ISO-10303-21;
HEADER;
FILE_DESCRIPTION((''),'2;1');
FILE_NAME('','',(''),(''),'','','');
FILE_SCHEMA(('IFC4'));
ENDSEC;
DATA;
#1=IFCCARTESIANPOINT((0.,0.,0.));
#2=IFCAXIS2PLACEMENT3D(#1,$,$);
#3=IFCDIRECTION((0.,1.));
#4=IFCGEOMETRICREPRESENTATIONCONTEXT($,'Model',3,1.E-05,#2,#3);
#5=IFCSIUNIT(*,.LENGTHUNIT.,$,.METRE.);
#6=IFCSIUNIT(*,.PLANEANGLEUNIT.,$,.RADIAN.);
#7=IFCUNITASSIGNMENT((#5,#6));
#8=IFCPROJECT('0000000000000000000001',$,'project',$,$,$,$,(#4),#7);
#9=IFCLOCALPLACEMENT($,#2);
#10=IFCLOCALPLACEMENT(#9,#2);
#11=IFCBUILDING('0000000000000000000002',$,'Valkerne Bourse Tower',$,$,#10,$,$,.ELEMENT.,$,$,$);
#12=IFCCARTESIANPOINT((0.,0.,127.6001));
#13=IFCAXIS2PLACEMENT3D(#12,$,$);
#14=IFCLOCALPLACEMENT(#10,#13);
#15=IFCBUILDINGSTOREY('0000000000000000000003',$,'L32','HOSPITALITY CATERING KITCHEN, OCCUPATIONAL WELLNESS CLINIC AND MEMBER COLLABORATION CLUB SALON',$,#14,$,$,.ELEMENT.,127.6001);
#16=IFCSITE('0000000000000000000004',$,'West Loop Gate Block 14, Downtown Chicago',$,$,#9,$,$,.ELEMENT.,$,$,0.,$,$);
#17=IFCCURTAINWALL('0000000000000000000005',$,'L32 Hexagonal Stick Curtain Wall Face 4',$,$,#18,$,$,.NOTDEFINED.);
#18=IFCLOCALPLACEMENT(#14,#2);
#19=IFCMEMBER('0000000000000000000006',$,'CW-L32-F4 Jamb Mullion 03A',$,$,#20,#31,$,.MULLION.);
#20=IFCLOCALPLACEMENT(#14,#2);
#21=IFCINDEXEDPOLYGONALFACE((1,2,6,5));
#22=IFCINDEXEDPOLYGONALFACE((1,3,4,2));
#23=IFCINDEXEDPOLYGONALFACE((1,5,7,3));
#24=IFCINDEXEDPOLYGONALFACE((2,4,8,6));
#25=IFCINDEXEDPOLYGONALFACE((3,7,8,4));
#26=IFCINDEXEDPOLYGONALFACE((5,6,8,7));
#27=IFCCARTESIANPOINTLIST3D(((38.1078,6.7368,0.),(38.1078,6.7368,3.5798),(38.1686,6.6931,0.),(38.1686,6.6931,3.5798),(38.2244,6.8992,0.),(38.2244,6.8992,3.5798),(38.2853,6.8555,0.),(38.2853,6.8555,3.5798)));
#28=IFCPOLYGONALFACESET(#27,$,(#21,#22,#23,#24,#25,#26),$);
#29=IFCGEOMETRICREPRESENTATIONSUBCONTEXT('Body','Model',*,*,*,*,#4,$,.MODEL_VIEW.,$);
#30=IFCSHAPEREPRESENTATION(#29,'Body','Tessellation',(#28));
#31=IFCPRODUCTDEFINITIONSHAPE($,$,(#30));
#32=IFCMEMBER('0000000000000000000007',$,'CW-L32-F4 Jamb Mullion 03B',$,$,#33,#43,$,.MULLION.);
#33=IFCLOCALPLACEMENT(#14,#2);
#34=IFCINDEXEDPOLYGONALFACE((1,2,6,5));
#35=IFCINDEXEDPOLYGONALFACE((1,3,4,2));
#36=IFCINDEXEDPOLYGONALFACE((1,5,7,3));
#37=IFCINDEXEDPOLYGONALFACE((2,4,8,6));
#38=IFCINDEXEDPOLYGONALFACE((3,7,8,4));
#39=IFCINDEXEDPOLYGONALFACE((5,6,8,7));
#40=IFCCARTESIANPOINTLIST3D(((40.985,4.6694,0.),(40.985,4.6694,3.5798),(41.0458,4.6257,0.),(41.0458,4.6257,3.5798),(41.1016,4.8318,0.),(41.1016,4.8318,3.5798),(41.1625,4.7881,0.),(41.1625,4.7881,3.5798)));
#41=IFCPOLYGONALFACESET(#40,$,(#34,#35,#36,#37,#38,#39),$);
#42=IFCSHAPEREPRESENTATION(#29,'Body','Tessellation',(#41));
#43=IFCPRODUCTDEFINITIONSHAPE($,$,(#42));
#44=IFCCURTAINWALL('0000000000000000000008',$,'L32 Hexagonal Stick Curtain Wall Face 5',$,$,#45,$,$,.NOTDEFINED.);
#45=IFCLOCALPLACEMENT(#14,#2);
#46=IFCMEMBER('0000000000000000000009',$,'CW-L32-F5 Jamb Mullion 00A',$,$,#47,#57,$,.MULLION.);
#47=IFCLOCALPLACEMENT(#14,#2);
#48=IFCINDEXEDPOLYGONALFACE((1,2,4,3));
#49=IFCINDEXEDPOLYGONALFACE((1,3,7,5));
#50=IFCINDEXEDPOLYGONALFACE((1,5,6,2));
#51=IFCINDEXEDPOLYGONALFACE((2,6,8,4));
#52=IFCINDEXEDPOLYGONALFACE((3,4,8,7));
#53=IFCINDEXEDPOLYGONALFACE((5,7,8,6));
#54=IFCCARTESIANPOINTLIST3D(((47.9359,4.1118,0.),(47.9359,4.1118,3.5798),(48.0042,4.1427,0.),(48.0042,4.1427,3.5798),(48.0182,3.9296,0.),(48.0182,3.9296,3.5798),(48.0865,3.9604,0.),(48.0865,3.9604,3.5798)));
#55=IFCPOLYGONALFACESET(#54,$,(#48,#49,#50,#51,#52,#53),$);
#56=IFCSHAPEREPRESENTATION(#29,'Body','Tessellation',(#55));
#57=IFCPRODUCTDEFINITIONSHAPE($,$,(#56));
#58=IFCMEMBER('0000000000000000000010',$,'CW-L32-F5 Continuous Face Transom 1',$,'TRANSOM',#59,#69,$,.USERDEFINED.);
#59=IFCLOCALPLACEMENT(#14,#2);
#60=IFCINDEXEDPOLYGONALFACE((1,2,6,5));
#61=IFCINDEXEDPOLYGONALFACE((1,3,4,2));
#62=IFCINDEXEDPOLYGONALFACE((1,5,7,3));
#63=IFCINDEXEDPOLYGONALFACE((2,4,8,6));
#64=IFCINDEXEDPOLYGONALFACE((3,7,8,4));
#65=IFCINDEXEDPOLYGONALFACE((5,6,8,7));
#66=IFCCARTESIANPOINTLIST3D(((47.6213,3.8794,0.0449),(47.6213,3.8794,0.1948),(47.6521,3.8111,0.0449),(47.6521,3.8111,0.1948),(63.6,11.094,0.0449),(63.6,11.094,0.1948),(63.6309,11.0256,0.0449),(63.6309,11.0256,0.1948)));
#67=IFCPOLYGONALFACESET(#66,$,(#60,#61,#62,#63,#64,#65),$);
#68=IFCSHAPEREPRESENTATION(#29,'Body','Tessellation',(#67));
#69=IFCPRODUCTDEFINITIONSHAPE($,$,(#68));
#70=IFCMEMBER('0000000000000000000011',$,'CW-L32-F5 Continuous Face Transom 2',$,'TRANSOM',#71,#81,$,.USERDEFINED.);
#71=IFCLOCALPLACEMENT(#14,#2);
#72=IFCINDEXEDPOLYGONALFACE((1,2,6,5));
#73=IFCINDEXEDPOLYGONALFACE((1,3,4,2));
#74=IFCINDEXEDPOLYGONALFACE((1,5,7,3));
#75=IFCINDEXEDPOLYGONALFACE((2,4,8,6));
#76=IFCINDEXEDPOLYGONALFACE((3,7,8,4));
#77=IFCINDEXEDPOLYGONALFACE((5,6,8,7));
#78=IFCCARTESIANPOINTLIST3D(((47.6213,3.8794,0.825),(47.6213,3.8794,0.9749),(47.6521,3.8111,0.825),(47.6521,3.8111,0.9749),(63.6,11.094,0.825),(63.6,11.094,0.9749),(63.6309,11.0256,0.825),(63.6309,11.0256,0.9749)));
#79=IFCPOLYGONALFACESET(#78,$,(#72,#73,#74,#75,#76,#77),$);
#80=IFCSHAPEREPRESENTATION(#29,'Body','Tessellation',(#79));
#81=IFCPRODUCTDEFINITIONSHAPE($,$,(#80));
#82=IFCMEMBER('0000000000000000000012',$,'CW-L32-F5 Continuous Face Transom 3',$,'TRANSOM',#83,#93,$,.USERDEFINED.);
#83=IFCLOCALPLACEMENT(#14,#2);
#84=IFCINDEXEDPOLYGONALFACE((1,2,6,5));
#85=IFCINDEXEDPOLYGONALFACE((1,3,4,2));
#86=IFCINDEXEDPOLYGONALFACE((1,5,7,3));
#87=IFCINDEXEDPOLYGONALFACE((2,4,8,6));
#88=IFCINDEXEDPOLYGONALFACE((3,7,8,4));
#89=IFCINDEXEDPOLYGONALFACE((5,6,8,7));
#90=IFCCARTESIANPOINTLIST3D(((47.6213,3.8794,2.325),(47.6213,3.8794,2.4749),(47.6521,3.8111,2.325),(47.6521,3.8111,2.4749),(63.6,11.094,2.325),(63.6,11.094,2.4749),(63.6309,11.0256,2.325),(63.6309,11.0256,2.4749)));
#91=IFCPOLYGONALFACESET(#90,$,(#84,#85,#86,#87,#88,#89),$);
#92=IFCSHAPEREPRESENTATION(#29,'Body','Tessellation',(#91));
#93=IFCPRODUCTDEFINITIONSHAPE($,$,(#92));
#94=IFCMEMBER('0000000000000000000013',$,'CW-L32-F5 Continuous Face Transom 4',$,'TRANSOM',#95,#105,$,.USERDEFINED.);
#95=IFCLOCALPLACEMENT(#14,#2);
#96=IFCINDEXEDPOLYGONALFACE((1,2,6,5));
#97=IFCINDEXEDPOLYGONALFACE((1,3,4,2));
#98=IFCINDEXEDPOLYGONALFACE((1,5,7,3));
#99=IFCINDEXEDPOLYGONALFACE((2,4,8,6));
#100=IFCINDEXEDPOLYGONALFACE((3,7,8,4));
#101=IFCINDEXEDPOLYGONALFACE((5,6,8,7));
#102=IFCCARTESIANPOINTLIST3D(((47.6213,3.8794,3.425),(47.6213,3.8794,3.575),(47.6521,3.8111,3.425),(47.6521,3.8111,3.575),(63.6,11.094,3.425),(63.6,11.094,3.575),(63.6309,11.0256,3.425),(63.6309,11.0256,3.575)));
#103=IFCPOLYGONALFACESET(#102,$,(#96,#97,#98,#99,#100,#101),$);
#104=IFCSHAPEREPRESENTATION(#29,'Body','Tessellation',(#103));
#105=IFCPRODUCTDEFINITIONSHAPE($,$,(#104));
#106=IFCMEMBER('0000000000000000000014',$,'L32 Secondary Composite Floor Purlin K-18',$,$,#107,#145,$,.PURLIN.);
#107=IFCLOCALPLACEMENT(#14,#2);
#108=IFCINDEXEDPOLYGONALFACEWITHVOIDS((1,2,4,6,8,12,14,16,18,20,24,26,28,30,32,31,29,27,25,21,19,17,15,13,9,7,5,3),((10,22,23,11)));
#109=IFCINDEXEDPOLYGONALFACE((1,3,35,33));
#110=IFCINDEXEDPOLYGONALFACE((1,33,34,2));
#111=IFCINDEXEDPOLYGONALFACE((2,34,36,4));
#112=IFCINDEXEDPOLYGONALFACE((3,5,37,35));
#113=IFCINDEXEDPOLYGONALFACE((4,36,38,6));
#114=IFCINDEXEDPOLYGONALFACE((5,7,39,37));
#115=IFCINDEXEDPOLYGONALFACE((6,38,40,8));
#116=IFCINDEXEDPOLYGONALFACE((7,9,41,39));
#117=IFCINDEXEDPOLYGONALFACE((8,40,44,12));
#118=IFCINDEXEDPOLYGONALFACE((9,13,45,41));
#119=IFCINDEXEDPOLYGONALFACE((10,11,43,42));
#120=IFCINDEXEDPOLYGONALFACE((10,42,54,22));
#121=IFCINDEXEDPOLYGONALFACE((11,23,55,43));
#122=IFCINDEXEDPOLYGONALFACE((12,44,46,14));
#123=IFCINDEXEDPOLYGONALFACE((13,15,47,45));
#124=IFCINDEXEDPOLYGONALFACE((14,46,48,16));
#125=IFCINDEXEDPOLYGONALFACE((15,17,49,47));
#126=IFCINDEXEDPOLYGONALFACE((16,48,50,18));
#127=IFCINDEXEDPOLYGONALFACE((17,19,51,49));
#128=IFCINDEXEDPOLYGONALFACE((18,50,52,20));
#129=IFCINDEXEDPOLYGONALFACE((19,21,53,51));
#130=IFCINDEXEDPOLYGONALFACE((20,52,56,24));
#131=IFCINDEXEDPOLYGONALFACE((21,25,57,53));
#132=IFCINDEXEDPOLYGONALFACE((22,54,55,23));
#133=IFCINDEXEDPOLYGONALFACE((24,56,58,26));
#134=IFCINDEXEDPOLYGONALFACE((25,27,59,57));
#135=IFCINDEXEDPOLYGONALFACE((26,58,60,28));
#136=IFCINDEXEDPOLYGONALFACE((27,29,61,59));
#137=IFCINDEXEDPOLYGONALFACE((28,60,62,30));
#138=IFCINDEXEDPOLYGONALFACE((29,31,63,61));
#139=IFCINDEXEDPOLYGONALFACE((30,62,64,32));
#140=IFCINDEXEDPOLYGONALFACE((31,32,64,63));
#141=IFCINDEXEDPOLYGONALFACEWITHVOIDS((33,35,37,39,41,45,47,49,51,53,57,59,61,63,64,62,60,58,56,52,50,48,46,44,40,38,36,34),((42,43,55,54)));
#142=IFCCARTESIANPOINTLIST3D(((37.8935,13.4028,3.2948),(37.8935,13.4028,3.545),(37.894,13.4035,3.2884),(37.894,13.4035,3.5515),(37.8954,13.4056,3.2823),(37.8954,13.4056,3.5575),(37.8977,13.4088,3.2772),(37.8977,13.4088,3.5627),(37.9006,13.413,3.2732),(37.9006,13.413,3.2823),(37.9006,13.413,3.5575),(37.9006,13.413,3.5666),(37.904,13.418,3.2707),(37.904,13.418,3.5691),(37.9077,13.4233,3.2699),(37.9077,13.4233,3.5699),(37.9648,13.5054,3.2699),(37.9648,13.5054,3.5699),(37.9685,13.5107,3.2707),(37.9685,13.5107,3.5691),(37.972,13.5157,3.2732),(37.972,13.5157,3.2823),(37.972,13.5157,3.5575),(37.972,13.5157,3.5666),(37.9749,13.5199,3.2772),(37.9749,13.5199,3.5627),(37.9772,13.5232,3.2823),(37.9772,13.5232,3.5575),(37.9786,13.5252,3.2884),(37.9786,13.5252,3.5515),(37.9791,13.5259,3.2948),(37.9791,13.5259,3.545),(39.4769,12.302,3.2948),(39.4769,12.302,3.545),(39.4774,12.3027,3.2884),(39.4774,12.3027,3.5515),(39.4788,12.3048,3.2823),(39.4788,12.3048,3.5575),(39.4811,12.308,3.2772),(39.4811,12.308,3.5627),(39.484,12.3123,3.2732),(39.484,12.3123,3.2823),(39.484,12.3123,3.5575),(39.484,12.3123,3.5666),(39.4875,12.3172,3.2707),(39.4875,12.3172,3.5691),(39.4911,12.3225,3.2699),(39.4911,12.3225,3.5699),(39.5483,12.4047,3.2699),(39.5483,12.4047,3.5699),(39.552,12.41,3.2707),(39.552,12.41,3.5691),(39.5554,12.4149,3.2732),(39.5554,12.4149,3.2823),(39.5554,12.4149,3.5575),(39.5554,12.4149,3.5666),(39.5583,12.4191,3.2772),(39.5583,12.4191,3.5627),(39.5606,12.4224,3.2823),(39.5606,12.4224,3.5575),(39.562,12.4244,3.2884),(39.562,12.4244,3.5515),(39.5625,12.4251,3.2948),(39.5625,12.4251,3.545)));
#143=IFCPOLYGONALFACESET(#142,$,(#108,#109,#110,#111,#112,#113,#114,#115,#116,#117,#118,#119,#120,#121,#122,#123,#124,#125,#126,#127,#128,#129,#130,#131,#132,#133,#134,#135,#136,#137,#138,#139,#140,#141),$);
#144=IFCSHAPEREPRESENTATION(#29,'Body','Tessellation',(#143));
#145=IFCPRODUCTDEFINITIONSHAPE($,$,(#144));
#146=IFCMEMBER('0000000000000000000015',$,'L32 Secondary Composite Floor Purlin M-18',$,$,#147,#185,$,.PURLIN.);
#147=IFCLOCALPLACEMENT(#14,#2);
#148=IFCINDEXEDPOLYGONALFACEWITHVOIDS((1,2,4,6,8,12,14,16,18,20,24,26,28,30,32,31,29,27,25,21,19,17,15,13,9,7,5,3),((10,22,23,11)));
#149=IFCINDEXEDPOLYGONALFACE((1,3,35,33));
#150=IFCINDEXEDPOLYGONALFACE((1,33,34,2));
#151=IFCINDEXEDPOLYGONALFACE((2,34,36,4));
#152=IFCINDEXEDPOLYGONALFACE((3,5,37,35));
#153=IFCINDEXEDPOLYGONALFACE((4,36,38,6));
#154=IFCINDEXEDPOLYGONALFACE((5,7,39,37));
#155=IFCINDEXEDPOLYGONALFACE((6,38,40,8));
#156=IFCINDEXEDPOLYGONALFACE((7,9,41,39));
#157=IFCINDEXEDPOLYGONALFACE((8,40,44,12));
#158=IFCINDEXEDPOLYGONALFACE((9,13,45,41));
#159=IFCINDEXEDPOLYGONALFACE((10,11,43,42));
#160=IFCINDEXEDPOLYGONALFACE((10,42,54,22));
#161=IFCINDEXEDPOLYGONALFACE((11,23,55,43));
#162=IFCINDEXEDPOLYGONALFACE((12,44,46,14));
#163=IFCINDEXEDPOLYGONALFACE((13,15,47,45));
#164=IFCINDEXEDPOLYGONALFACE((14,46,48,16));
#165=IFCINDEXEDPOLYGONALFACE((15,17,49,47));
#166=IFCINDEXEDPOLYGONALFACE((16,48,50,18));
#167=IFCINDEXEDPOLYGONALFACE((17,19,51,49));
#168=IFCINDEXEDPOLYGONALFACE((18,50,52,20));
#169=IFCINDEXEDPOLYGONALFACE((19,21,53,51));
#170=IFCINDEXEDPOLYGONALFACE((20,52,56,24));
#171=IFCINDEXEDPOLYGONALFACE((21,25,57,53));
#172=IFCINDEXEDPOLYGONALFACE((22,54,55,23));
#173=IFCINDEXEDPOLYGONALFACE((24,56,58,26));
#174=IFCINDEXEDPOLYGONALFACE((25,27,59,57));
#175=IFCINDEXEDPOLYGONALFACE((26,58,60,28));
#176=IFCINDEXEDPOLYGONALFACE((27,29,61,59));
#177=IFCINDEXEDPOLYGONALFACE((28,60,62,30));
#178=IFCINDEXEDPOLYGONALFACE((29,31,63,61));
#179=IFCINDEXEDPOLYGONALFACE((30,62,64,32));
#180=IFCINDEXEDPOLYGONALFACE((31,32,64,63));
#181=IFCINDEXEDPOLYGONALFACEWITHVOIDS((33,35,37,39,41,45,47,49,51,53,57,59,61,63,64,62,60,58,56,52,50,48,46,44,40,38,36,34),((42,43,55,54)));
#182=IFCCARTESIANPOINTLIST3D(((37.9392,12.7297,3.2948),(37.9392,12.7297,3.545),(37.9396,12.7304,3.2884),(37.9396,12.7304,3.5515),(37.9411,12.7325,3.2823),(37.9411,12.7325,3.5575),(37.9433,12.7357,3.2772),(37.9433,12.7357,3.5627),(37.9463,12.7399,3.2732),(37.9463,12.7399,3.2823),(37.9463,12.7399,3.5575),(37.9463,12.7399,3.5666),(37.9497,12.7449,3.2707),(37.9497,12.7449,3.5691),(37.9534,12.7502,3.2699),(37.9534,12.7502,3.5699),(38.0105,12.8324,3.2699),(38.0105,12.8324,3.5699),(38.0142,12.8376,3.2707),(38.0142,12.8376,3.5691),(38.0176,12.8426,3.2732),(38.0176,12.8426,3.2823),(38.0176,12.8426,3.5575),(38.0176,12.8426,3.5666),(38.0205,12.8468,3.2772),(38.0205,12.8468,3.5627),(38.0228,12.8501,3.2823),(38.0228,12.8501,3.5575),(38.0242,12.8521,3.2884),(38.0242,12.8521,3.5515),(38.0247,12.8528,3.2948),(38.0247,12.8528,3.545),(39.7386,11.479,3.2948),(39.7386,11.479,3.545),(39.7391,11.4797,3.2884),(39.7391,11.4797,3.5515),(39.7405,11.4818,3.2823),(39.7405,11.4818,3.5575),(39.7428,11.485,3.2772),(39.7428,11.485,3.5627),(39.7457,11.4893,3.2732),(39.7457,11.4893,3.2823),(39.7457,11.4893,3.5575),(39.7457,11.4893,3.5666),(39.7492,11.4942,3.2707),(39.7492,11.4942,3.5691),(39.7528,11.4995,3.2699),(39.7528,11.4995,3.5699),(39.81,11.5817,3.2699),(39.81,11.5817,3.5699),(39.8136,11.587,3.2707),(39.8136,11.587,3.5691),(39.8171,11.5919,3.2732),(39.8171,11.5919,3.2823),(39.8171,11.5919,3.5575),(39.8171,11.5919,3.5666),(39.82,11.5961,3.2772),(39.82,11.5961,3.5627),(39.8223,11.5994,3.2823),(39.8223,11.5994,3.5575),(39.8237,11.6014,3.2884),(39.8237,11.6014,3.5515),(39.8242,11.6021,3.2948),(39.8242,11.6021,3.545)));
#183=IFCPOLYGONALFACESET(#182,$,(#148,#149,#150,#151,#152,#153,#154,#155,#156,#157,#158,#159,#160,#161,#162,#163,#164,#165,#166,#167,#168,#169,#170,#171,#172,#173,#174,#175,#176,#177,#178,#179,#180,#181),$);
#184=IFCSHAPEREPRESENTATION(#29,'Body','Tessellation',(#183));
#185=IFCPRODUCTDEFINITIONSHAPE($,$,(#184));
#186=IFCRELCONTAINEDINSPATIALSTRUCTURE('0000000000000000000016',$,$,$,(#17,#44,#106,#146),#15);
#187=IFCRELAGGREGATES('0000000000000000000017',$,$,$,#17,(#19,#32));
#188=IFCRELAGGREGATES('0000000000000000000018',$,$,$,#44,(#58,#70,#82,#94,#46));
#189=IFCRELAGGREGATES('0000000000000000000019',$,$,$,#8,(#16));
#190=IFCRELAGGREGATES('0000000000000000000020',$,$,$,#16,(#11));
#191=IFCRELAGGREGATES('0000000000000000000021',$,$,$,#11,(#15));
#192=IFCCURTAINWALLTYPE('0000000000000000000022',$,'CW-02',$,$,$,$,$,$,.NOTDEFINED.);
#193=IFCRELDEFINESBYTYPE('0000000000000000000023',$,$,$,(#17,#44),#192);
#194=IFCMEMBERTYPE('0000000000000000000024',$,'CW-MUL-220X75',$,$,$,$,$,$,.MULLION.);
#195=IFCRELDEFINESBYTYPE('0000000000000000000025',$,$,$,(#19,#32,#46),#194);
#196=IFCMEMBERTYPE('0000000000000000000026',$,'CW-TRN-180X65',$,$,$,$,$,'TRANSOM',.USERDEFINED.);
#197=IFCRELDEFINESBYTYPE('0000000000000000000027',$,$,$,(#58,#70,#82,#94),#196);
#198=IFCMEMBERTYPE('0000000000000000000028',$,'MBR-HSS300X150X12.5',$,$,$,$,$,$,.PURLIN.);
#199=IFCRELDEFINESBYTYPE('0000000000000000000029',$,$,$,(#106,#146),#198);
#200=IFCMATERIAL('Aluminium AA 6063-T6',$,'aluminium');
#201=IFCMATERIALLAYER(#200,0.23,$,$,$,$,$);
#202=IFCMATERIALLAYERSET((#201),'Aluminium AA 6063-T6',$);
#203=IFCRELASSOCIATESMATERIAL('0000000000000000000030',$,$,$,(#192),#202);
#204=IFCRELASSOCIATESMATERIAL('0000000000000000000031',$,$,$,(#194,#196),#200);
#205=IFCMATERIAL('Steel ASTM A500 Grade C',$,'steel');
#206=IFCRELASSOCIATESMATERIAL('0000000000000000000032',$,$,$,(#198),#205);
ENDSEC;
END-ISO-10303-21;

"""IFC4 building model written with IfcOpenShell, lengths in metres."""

from ifc_helpers import new_model, si_unit, direction, frame, origin, origin_2d, place, context, subcontext, project, spatial, rectangle, hollow_rectangle, extrude, material, layer, layer_set, material_profile, profile_set, type_object, element, aggregate, save


model = new_model("IFC4")

# Units and contexts
model_context = context("Model", 3, precision=1e-05, world=origin(), true_north=direction((0.0, 1.0)))
body_context = subcontext(model_context, "Body", "Model", "MODEL_VIEW")
ifc_project = project(units=[si_unit("LENGTHUNIT", "METRE"), si_unit("PLANEANGLEUNIT", "RADIAN")], contexts=[model_context])

# Site, building, storey
site_placement = place(None, origin())
site = spatial("IfcSite", under=ifc_project, at=site_placement, Name="West Loop Gate Block 14, Downtown Chicago", CompositionType="ELEMENT", RefElevation=0.0)
building_placement = place(site_placement, origin())
building = spatial("IfcBuilding", under=site, at=building_placement, Name="Valkerne Bourse Tower", CompositionType="ELEMENT")
storey_placement = place(building_placement, frame((0.0, 0.0, 127.6001)))
storey = spatial("IfcBuildingStorey", under=building, at=storey_placement, Name="L32", Description="HOSPITALITY CATERING KITCHEN, OCCUPATIONAL WELLNESS CLINIC AND MEMBER COLLABORATION CLUB SALON", CompositionType="ELEMENT", Elevation=127.6001)

# Curtain walls, members
ifc_material_1 = material(Name="Aluminium AA 6063-T6", Category="aluminium")
ifc_layer_1 = layer(ifc_material_1, 0.23)
ifc_layer_set_1 = layer_set([ifc_layer_1], Name="Aluminium AA 6063-T6")
curtain_wall_type = type_object("IfcCurtainWallType", Name="CW-02", PredefinedType="NOTDEFINED", material=ifc_layer_set_1)
curtain_wall_1_placement = place(storey_placement, origin())
curtain_wall_1 = element("IfcCurtainWall", 1, at=curtain_wall_1_placement, inside=storey, type_object=curtain_wall_type, Name="L32 Hexagonal Stick Curtain Wall Face 4", PredefinedType="NOTDEFINED")
ifc_material_profile_1 = material_profile(ifc_material_1, rectangle(XDim=0.075, YDim=0.2, at=origin_2d()), Name="CWM-75X200")
ifc_profile_set_1 = profile_set([ifc_material_profile_1], Name="Aluminium AA 6063-T6")
member_type_1 = type_object("IfcMemberType", Name="CW-MUL-220X75", PredefinedType="MULLION", material=ifc_profile_set_1)
member_1_placement = place(storey_placement, frame((38.1965, 6.7961, 0.0), z_axis=(0.0, 0.0, 1.0), x_axis=(0.812093, -0.583528, 0.0)))
member_1 = element("IfcMember", 2, at=member_1_placement, type_object=member_type_1, Name="CW-L32-F4 Jamb Mullion 03A", PredefinedType="MULLION", context=body_context, shape_type="SweptSolid", body=[
    extrude(rectangle(XDim=0.075, YDim=0.2, at=origin_2d()), origin(), (0.0, 0.0, 1.0), 3.5798),
])
member_2_placement = place(storey_placement, frame((41.0737, 4.7288, 0.0), z_axis=(0.0, 0.0, 1.0), x_axis=(0.812093, -0.583528, 0.0)))
member_2 = element("IfcMember", 3, at=member_2_placement, type_object=member_type_1, Name="CW-L32-F4 Jamb Mullion 03B", PredefinedType="MULLION", context=body_context, shape_type="SweptSolid", body=[
    extrude(rectangle(XDim=0.075, YDim=0.2, at=origin_2d()), origin(), (0.0, 0.0, 1.0), 3.5798),
])
curtain_wall_2_placement = place(storey_placement, origin())
curtain_wall_2 = element("IfcCurtainWall", 4, at=curtain_wall_2_placement, inside=storey, type_object=curtain_wall_type, Name="L32 Hexagonal Stick Curtain Wall Face 5", PredefinedType="NOTDEFINED")
member_3_placement = place(storey_placement, frame((48.0112, 4.0361, 0.0), z_axis=(0.0, 0.0, 1.0), x_axis=(0.911401, 0.411519, 0.0)))
member_3 = element("IfcMember", 5, at=member_3_placement, type_object=member_type_1, Name="CW-L32-F5 Jamb Mullion 00A", PredefinedType="MULLION", context=body_context, shape_type="SweptSolid", body=[
    extrude(rectangle(XDim=0.075, YDim=0.2, at=origin_2d()), origin(), (0.0, 0.0, 1.0), 3.5798),
])
ifc_material_profile_2 = material_profile(ifc_material_1, rectangle(XDim=0.075, YDim=0.1499, at=origin_2d()), Name="CWT-75X150")
ifc_profile_set_2 = profile_set([ifc_material_profile_2], Name="Aluminium AA 6063-T6")
member_type_2 = type_object("IfcMemberType", Name="CW-TRN-180X65", ElementType="TRANSOM", PredefinedType="USERDEFINED", material=ifc_profile_set_2)
member_4_placement = place(storey_placement, frame((47.6367, 3.8452, 0.1199), z_axis=(0.911405, 0.41151, 0.0), x_axis=(-0.41151, 0.911405, 0.0)))
member_4 = element("IfcMember", 6, at=member_4_placement, type_object=member_type_2, Name="CW-L32-F5 Continuous Face Transom 1", ObjectType="TRANSOM", PredefinedType="USERDEFINED", context=body_context, shape_type="SweptSolid", body=[
    extrude(rectangle(XDim=0.075, YDim=0.1499, at=origin_2d()), origin(), (0.0, 0.0, 1.0), 17.532),
])
member_5_placement = place(storey_placement, frame((47.6367, 3.8452, 0.8999), z_axis=(0.911405, 0.41151, 0.0), x_axis=(-0.41151, 0.911405, 0.0)))
member_5 = element("IfcMember", 7, at=member_5_placement, type_object=member_type_2, Name="CW-L32-F5 Continuous Face Transom 2", ObjectType="TRANSOM", PredefinedType="USERDEFINED", context=body_context, shape_type="SweptSolid", body=[
    extrude(rectangle(XDim=0.075, YDim=0.1499, at=origin_2d()), origin(), (0.0, 0.0, 1.0), 17.532),
])
member_6_placement = place(storey_placement, frame((47.6367, 3.8452, 2.3999), z_axis=(0.911405, 0.41151, 0.0), x_axis=(-0.41151, 0.911405, 0.0)))
member_6 = element("IfcMember", 8, at=member_6_placement, type_object=member_type_2, Name="CW-L32-F5 Continuous Face Transom 3", ObjectType="TRANSOM", PredefinedType="USERDEFINED", context=body_context, shape_type="SweptSolid", body=[
    extrude(rectangle(XDim=0.075, YDim=0.1499, at=origin_2d()), origin(), (0.0, 0.0, 1.0), 17.532),
])
member_7_placement = place(storey_placement, frame((47.6367, 3.8452, 3.5), z_axis=(0.911405, 0.41151, 0.0), x_axis=(-0.41151, 0.911405, 0.0)))
member_7 = element("IfcMember", 9, at=member_7_placement, type_object=member_type_2, Name="CW-L32-F5 Continuous Face Transom 4", ObjectType="TRANSOM", PredefinedType="USERDEFINED", context=body_context, shape_type="SweptSolid", body=[
    extrude(rectangle(XDim=0.075, YDim=0.1499, at=origin_2d()), origin(), (0.0, 0.0, 1.0), 17.532),
])

# Members
ifc_material_2 = material(Name="Steel ASTM A500 Grade C", Category="steel")
ifc_material_profile_3 = material_profile(ifc_material_2, hollow_rectangle(XDim=0.1499, YDim=0.3, WallThickness=0.0125, OuterFilletRadius=0.0249, at=origin_2d()), Name="HSS300X150X12.5")
ifc_profile_set_3 = profile_set([ifc_material_profile_3], Name="Steel ASTM A500 Grade C")
member_type_3 = type_object("IfcMemberType", Name="MBR-HSS300X150X12.5", PredefinedType="PURLIN", material=ifc_profile_set_3)
member_8_placement = place(storey_placement, frame((37.9363, 13.4644, 3.4199), z_axis=(0.821083, -0.570809, 0.0), x_axis=(0.570809, 0.821083, 0.0)))
element("IfcMember", 10, at=member_8_placement, inside=storey, type_object=member_type_3, Name="L32 Secondary Composite Floor Purlin K-18", PredefinedType="PURLIN", context=body_context, shape_type="SweptSolid", body=[
    extrude(hollow_rectangle(XDim=0.1499, YDim=0.3, WallThickness=0.0125, OuterFilletRadius=0.0249, at=origin_2d()), origin(), (0.0, 0.0, 1.0), 1.9285),
])
member_9_placement = place(storey_placement, frame((37.9819, 12.7913, 3.4199), z_axis=(0.821148, -0.570715, 0.0), x_axis=(0.570715, 0.821148, 0.0)))
element("IfcMember", 11, at=member_9_placement, inside=storey, type_object=member_type_3, Name="L32 Secondary Composite Floor Purlin M-18", PredefinedType="PURLIN", context=body_context, shape_type="SweptSolid", body=[
    extrude(hollow_rectangle(XDim=0.1499, YDim=0.3, WallThickness=0.0125, OuterFilletRadius=0.0249, at=origin_2d()), origin(), (0.0, 0.0, 1.0), 2.1914),
])

aggregate(curtain_wall_1, [member_1, member_2])
aggregate(curtain_wall_2, [member_4, member_5, member_6, member_7, member_3])

save(model, "model.ifc")
